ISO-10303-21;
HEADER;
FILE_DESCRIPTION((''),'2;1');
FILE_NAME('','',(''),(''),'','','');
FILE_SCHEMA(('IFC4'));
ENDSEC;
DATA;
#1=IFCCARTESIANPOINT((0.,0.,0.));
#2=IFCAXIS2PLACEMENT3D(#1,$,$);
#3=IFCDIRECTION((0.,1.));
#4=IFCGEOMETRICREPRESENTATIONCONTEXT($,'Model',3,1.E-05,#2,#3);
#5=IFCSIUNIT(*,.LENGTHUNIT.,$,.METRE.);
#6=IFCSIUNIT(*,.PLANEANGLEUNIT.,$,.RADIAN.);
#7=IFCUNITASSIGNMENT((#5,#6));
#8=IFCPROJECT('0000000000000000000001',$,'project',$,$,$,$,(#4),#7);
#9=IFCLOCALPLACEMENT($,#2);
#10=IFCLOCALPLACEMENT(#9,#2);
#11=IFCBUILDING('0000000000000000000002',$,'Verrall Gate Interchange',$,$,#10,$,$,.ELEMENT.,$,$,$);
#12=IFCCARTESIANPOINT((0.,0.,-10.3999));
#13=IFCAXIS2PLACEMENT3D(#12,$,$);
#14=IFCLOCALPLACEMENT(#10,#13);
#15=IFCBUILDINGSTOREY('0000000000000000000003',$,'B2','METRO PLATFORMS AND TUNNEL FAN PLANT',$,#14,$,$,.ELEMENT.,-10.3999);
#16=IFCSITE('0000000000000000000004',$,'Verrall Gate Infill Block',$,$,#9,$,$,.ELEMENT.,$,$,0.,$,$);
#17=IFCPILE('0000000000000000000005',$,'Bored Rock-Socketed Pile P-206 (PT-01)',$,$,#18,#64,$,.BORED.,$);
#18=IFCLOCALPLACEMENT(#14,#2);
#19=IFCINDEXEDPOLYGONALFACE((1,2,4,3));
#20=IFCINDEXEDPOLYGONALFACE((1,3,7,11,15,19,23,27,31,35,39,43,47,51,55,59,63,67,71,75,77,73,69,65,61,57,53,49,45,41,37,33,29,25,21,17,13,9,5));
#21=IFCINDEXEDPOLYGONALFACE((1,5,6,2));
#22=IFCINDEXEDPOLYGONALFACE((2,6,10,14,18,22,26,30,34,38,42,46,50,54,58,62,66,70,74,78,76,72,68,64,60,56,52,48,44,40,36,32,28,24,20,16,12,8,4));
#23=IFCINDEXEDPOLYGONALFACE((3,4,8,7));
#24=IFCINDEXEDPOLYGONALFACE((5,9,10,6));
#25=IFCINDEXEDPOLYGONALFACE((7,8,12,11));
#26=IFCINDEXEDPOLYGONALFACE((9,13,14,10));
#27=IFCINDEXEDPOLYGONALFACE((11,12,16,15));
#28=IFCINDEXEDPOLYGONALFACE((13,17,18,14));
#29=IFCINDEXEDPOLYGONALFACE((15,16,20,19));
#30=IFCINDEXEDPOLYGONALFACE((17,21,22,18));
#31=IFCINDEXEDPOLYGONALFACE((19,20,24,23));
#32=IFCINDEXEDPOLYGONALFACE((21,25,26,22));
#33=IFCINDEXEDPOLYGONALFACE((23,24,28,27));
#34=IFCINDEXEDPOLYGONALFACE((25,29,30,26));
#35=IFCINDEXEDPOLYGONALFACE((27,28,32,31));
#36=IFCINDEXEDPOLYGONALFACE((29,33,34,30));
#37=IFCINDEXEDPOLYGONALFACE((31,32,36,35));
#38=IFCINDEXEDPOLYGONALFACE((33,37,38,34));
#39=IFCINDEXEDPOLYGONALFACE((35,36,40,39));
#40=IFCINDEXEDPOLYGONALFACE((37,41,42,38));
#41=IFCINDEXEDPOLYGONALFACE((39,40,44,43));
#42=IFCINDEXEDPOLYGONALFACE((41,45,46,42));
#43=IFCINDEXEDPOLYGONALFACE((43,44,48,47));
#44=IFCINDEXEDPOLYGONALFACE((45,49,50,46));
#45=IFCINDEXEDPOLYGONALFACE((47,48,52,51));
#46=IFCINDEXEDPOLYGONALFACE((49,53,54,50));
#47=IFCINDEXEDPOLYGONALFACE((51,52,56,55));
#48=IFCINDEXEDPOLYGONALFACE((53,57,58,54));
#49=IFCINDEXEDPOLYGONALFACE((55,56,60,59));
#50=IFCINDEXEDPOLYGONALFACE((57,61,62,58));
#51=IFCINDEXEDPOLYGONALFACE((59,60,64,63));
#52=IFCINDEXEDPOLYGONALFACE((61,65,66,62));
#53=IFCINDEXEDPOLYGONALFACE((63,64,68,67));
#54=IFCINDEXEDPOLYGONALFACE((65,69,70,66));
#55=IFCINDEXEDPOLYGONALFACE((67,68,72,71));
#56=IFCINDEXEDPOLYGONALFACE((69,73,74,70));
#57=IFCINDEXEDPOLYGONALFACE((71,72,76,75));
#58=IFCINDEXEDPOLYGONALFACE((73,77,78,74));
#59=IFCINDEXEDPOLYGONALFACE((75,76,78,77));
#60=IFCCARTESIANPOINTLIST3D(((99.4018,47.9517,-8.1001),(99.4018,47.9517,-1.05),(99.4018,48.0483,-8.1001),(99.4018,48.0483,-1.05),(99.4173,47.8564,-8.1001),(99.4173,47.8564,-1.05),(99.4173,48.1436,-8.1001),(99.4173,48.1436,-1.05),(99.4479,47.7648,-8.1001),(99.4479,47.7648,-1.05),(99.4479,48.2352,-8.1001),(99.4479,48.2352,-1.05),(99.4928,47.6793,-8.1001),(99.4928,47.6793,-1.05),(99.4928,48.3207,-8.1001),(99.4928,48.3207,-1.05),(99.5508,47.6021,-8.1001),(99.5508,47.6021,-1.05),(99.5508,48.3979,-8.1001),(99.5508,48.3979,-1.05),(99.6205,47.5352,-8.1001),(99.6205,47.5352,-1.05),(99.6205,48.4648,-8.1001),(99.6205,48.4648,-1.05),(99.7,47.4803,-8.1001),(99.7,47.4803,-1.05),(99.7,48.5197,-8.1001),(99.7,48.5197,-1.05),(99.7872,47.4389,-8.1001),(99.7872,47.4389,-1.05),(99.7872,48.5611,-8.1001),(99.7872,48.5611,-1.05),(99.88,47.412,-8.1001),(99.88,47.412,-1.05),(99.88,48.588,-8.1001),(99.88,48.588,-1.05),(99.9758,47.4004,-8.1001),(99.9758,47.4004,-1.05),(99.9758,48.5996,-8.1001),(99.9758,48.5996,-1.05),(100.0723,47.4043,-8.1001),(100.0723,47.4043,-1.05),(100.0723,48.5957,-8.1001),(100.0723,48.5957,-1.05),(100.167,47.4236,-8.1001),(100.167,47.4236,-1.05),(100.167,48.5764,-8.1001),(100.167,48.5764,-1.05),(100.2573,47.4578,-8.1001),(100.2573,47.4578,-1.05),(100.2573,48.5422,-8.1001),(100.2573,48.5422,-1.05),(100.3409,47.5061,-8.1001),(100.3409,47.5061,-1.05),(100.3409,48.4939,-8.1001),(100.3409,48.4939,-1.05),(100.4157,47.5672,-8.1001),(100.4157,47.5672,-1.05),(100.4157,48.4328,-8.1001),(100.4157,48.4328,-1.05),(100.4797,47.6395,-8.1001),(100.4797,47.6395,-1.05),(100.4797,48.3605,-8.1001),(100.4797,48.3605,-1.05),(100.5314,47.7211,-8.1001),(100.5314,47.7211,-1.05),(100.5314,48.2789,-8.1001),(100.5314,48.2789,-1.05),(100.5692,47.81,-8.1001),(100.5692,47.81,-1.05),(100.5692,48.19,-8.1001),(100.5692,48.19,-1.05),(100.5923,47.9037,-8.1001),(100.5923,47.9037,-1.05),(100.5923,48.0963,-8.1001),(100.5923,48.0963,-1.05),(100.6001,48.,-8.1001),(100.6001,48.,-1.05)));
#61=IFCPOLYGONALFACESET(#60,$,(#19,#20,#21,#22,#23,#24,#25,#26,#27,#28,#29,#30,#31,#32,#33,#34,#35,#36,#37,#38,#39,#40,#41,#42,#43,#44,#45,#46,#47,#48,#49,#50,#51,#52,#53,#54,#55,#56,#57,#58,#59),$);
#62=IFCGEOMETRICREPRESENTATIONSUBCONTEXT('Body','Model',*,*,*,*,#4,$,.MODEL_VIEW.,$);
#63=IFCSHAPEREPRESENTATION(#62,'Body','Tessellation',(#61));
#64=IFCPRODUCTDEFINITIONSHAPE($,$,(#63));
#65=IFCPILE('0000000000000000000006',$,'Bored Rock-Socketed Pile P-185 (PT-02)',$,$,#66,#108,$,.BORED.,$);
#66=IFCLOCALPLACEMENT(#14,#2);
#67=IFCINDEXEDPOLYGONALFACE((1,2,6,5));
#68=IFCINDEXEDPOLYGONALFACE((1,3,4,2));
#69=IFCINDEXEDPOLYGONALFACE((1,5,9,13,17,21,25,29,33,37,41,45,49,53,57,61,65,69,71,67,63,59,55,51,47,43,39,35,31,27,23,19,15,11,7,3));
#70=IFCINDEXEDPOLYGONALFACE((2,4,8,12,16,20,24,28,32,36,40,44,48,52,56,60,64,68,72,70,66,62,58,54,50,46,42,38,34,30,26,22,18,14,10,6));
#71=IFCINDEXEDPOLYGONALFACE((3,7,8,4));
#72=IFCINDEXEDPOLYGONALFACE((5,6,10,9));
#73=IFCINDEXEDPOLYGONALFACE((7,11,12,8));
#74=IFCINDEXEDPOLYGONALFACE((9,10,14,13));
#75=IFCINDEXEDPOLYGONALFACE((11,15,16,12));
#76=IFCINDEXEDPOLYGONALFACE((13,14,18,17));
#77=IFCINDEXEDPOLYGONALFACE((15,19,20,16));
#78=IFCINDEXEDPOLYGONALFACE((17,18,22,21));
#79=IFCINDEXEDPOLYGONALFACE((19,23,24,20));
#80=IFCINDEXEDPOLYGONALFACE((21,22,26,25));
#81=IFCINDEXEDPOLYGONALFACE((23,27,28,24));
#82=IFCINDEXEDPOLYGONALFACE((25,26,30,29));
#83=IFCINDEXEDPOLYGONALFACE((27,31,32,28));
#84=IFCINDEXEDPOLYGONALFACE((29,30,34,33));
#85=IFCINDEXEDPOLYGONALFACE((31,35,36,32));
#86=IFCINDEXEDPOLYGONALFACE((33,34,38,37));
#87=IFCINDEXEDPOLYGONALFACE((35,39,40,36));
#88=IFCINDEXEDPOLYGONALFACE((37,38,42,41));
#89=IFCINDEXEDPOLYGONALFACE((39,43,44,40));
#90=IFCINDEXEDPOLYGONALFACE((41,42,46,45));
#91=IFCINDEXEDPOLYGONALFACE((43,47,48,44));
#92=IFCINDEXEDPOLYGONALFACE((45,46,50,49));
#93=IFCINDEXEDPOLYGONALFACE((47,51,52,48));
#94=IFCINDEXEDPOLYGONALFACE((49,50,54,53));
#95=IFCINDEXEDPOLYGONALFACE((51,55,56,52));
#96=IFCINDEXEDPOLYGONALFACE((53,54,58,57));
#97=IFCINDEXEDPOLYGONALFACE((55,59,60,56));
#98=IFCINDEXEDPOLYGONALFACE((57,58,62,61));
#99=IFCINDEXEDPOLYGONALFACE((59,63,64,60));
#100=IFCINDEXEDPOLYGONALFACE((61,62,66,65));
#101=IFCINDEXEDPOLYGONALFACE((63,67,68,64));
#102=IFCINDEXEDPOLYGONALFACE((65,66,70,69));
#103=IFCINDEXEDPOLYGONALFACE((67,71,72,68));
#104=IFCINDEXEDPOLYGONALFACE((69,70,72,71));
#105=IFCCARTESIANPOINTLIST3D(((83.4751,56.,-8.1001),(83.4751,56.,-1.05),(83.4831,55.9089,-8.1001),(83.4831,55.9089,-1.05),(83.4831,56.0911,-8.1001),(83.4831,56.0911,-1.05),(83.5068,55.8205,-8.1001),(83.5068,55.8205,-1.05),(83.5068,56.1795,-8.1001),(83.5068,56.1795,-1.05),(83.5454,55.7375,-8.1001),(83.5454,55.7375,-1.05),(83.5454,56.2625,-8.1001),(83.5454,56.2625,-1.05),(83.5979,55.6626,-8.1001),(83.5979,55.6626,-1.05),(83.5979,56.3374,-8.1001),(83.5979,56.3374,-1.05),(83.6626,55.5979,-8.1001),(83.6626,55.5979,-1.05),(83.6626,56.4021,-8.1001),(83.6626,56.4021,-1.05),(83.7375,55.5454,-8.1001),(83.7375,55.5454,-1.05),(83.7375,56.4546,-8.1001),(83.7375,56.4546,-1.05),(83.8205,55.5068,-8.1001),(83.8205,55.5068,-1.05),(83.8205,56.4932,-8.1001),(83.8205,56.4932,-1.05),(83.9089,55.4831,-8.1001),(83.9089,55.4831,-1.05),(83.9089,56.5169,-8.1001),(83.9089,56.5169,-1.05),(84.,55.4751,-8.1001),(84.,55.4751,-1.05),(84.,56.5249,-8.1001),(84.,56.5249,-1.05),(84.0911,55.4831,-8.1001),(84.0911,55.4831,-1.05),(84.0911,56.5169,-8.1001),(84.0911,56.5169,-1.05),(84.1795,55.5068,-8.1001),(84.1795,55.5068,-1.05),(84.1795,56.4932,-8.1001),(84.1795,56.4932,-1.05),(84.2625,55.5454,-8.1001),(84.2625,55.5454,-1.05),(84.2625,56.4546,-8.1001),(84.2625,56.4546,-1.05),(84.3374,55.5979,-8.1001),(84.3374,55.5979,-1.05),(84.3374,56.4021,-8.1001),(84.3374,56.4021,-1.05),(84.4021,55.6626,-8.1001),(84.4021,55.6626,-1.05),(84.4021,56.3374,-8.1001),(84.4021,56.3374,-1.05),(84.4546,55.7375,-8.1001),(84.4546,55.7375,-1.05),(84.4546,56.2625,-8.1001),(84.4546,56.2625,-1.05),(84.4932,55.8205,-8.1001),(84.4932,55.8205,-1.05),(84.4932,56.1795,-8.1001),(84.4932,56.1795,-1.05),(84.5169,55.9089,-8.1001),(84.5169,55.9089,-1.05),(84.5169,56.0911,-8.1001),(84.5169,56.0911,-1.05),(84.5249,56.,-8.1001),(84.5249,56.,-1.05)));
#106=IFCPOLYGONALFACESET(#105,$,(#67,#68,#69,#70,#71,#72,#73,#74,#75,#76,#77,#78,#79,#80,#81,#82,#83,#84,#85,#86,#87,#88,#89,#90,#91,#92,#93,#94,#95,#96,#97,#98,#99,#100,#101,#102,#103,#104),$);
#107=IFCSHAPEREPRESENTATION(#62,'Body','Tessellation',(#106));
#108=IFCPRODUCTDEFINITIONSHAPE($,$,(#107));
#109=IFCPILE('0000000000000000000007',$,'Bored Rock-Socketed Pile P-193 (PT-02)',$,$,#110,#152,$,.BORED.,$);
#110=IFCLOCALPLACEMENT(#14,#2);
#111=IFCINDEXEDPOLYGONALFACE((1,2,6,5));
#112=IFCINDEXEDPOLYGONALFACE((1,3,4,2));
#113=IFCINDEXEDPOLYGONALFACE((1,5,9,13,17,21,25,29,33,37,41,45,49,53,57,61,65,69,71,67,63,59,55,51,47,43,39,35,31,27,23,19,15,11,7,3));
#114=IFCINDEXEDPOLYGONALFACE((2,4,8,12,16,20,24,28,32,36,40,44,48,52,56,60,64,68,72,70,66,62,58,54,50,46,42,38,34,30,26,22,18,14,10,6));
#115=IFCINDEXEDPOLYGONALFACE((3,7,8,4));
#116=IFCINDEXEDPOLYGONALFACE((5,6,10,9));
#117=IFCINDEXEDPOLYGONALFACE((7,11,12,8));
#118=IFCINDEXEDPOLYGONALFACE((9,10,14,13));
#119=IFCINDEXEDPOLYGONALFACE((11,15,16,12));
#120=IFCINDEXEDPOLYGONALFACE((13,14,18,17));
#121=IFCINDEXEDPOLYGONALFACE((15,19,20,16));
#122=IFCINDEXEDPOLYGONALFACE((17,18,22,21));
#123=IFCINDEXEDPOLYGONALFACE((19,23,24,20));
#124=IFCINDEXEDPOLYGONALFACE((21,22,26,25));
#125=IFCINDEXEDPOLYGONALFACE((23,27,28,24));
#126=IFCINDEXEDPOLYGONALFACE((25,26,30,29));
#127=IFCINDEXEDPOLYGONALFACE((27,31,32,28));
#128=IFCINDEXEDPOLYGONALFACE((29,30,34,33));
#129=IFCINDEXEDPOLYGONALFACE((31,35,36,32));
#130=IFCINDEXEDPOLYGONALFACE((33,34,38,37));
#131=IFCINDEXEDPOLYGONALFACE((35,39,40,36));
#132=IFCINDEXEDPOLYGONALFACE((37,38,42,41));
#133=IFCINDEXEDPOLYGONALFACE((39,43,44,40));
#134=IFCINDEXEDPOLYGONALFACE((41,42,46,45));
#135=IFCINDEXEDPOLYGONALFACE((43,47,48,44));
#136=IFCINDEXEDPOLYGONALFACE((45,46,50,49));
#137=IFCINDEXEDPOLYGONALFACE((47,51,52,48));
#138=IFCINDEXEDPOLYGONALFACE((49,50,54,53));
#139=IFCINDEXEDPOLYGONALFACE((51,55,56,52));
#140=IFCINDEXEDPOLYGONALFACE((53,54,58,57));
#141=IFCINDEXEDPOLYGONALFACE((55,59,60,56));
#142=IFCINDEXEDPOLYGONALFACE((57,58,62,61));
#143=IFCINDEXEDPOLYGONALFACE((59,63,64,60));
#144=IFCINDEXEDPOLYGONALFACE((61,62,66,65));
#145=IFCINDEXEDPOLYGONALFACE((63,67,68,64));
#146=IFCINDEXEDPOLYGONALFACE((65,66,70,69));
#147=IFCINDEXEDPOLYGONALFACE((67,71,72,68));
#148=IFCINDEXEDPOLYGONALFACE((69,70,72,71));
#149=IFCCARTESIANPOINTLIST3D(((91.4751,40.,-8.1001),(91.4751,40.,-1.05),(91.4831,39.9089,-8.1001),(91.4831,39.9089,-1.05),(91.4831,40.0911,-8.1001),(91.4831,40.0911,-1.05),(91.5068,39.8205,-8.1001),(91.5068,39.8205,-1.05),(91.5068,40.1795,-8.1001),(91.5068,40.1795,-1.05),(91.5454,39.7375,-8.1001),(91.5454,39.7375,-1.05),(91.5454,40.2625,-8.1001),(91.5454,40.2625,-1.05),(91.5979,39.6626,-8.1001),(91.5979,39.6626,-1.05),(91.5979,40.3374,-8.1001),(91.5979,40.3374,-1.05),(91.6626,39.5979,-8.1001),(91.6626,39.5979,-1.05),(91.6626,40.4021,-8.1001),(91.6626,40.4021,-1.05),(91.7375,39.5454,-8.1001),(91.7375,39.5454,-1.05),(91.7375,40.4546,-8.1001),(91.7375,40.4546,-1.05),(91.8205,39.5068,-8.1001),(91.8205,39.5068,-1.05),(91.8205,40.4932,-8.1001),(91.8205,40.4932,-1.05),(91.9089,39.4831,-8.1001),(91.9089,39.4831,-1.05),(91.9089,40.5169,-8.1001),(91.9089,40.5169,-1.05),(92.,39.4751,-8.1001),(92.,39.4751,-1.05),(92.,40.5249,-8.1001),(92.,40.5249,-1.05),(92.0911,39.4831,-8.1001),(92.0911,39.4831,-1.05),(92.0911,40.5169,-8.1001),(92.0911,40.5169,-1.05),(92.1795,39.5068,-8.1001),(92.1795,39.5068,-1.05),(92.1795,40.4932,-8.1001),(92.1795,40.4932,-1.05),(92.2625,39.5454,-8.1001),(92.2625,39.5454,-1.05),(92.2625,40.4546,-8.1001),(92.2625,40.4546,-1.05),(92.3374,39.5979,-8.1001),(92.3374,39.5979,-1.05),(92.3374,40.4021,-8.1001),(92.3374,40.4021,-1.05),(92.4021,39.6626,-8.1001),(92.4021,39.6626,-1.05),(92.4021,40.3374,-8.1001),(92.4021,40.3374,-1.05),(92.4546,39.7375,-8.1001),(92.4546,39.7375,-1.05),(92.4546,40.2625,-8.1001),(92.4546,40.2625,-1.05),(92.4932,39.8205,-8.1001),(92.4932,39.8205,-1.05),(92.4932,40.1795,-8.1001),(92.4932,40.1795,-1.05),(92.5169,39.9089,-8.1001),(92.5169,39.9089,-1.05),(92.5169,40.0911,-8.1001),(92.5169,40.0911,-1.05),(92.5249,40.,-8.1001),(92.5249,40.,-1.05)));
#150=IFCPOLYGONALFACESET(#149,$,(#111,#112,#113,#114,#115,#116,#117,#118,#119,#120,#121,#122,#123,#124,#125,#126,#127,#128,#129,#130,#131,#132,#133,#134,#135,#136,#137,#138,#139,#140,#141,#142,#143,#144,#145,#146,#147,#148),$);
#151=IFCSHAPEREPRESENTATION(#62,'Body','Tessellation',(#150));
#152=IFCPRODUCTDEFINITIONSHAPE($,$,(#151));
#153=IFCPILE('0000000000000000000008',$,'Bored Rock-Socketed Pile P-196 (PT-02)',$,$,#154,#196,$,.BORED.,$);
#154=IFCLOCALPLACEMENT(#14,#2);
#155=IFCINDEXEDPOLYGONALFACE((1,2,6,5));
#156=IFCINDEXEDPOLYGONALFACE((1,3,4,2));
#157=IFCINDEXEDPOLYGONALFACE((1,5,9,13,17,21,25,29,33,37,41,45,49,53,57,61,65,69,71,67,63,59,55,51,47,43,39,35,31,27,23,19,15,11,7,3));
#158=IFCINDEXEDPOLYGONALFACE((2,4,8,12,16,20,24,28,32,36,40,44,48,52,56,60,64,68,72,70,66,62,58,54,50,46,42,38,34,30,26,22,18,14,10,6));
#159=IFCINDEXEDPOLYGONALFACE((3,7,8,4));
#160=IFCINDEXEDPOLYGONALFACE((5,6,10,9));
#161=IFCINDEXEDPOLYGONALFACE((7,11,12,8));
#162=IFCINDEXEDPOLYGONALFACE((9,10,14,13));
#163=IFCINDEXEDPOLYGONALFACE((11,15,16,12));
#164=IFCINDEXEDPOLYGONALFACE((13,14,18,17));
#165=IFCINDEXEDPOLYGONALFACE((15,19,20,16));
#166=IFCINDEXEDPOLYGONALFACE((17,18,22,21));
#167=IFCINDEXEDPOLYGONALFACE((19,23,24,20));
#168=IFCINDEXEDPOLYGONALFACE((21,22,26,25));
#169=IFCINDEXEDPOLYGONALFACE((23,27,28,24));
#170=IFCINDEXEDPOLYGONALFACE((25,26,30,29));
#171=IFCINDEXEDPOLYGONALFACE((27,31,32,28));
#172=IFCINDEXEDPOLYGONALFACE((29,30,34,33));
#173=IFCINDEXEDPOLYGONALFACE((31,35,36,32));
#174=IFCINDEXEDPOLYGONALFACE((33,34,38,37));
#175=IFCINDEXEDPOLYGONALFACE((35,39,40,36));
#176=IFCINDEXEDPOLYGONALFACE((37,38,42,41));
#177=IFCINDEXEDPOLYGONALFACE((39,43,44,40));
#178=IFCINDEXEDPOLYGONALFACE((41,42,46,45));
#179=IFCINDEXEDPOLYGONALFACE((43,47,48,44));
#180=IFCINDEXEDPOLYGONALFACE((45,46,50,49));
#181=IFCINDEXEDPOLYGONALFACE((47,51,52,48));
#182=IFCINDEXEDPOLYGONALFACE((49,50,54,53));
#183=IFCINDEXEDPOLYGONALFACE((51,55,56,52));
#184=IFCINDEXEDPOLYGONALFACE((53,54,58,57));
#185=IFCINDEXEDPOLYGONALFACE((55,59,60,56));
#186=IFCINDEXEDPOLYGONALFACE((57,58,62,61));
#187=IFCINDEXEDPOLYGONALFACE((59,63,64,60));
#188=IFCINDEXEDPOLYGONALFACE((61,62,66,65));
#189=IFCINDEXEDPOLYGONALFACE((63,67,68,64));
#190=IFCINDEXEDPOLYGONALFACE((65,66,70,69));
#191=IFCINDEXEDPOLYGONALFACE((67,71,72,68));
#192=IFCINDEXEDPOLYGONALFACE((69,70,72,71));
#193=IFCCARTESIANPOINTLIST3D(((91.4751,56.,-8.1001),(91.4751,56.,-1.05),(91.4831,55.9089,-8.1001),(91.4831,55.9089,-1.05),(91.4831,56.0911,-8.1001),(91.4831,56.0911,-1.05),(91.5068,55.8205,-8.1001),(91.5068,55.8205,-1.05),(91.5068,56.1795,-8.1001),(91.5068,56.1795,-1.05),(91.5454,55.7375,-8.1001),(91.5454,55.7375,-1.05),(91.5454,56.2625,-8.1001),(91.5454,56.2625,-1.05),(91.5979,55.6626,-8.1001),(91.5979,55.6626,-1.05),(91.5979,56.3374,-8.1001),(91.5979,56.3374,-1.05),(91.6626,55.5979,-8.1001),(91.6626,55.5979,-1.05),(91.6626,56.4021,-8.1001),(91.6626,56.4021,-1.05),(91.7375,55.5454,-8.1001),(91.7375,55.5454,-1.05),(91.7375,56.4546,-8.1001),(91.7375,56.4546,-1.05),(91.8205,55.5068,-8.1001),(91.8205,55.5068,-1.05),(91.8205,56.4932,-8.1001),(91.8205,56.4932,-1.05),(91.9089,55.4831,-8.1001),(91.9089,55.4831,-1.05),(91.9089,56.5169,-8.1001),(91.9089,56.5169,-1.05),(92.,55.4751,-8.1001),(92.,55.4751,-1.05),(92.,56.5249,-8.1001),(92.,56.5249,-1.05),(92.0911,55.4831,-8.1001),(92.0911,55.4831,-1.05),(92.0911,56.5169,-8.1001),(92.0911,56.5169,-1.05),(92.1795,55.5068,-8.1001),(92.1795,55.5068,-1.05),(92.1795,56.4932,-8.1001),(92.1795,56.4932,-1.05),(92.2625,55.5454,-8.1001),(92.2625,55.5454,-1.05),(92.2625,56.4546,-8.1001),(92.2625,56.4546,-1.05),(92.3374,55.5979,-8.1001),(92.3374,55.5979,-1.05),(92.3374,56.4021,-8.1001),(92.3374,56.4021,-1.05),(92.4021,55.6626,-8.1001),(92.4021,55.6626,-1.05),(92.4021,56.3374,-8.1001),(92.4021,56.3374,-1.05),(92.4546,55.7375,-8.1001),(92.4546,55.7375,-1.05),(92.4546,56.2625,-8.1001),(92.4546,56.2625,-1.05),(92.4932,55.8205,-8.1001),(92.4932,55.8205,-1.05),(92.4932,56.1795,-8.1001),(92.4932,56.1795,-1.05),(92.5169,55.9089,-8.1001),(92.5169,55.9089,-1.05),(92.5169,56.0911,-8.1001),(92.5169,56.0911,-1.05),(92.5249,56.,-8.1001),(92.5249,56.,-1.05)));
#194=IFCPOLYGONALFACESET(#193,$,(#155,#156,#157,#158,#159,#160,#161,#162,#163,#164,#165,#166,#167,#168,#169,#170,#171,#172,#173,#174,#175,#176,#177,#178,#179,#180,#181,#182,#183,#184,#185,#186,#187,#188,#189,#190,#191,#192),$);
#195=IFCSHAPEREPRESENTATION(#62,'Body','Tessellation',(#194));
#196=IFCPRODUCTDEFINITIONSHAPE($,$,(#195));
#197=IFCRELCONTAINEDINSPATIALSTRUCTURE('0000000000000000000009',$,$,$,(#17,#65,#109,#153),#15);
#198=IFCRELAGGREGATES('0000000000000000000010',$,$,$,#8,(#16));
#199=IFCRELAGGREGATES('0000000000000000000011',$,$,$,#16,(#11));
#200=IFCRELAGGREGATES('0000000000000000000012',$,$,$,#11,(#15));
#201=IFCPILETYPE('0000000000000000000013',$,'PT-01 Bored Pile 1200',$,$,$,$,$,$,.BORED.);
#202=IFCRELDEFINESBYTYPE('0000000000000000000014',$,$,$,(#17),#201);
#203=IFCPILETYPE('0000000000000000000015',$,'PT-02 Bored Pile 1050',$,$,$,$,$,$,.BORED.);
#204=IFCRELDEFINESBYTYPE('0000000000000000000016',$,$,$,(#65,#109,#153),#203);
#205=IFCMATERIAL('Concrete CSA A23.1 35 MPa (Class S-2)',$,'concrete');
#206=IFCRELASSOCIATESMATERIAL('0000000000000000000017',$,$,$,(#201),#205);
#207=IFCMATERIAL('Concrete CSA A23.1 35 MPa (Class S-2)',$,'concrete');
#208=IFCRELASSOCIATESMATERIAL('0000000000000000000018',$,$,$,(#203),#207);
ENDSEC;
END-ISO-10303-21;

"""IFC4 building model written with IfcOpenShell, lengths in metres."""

from ifc_helpers import new_model, si_unit, direction, frame, origin, origin_2d, place, context, subcontext, project, spatial, circle, extrude, material, material_profile, profile_set, type_object, element, save


model = new_model("IFC4")

# Units and contexts
model_context = context("Model", 3, precision=1e-05, world=origin(), true_north=direction((0.0, 1.0)))
body_context = subcontext(model_context, "Body", "Model", "MODEL_VIEW")
ifc_project = project(units=[si_unit("LENGTHUNIT", "METRE"), si_unit("PLANEANGLEUNIT", "RADIAN")], contexts=[model_context])

# Site, building, storey
site_placement = place(None, origin())
site = spatial("IfcSite", under=ifc_project, at=site_placement, Name="Verrall Gate Infill Block", CompositionType="ELEMENT", RefElevation=0.0)
building_placement = place(site_placement, origin())
building = spatial("IfcBuilding", under=site, at=building_placement, Name="Verrall Gate Interchange", CompositionType="ELEMENT")
storey_placement = place(building_placement, frame((0.0, 0.0, -10.3999)))
storey = spatial("IfcBuildingStorey", under=building, at=storey_placement, Name="B2", Description="METRO PLATFORMS AND TUNNEL FAN PLANT", CompositionType="ELEMENT", Elevation=-10.3999)

# Piles
ifc_material_1 = material(Name="Concrete CSA A23.1 35 MPa (Class S-2)", Category="concrete")
ifc_material_profile_1 = material_profile(ifc_material_1, circle(Radius=0.6001, at=origin_2d()), Name="PILE1200D")
ifc_profile_set_1 = profile_set([ifc_material_profile_1], Name="Concrete CSA A23.1 35 MPa (Class S-2)")
pile_type_1 = type_object("IfcPileType", Name="PT-01 Bored Pile 1200", PredefinedType="BORED", material=ifc_profile_set_1)
for number, where, z_axis, x_axis, name in (
    (1, (100.0, 48.0, -1.05), (0.0, 0.0, -1.0), (1.0, 0.0, 0.0), "Bored Rock-Socketed Pile P-206 (PT-01)"),
):
    element("IfcPile", number, at=place(storey_placement, frame(where, z_axis=z_axis, x_axis=x_axis)), inside=storey, type_object=pile_type_1, Name=name, PredefinedType="BORED", context=body_context, shape_type="SweptSolid", body=[
        extrude(circle(Radius=0.6001, at=origin_2d()), origin(), (0.0, 0.0, 1.0), 7.05),
    ])
ifc_material_2 = material(Name="Concrete CSA A23.1 35 MPa (Class S-2)", Category="concrete")
ifc_material_profile_2 = material_profile(ifc_material_2, circle(Radius=0.5249, at=origin_2d()), Name="PILE1050D")
ifc_profile_set_2 = profile_set([ifc_material_profile_2], Name="Concrete CSA A23.1 35 MPa (Class S-2)")
pile_type_2 = type_object("IfcPileType", Name="PT-02 Bored Pile 1050", PredefinedType="BORED", material=ifc_profile_set_2)
for number, where, z_axis, x_axis, name in (
    (2, (84.0, 56.0, -1.05), (0.0, 0.0, -1.0), (1.0, 0.0, 0.0), "Bored Rock-Socketed Pile P-185 (PT-02)"),
    (3, (92.0, 40.0, -1.05), (0.0, 0.0, -1.0), (1.0, 0.0, 0.0), "Bored Rock-Socketed Pile P-193 (PT-02)"),
    (4, (92.0, 56.0, -1.05), (0.0, 0.0, -1.0), (1.0, 0.0, 0.0), "Bored Rock-Socketed Pile P-196 (PT-02)"),
):
    element("IfcPile", number, at=place(storey_placement, frame(where, z_axis=z_axis, x_axis=x_axis)), inside=storey, type_object=pile_type_2, Name=name, PredefinedType="BORED", context=body_context, shape_type="SweptSolid", body=[
        extrude(circle(Radius=0.5249, at=origin_2d()), origin(), (0.0, 0.0, 1.0), 7.05),
    ])

save(model, "model.ifc")
